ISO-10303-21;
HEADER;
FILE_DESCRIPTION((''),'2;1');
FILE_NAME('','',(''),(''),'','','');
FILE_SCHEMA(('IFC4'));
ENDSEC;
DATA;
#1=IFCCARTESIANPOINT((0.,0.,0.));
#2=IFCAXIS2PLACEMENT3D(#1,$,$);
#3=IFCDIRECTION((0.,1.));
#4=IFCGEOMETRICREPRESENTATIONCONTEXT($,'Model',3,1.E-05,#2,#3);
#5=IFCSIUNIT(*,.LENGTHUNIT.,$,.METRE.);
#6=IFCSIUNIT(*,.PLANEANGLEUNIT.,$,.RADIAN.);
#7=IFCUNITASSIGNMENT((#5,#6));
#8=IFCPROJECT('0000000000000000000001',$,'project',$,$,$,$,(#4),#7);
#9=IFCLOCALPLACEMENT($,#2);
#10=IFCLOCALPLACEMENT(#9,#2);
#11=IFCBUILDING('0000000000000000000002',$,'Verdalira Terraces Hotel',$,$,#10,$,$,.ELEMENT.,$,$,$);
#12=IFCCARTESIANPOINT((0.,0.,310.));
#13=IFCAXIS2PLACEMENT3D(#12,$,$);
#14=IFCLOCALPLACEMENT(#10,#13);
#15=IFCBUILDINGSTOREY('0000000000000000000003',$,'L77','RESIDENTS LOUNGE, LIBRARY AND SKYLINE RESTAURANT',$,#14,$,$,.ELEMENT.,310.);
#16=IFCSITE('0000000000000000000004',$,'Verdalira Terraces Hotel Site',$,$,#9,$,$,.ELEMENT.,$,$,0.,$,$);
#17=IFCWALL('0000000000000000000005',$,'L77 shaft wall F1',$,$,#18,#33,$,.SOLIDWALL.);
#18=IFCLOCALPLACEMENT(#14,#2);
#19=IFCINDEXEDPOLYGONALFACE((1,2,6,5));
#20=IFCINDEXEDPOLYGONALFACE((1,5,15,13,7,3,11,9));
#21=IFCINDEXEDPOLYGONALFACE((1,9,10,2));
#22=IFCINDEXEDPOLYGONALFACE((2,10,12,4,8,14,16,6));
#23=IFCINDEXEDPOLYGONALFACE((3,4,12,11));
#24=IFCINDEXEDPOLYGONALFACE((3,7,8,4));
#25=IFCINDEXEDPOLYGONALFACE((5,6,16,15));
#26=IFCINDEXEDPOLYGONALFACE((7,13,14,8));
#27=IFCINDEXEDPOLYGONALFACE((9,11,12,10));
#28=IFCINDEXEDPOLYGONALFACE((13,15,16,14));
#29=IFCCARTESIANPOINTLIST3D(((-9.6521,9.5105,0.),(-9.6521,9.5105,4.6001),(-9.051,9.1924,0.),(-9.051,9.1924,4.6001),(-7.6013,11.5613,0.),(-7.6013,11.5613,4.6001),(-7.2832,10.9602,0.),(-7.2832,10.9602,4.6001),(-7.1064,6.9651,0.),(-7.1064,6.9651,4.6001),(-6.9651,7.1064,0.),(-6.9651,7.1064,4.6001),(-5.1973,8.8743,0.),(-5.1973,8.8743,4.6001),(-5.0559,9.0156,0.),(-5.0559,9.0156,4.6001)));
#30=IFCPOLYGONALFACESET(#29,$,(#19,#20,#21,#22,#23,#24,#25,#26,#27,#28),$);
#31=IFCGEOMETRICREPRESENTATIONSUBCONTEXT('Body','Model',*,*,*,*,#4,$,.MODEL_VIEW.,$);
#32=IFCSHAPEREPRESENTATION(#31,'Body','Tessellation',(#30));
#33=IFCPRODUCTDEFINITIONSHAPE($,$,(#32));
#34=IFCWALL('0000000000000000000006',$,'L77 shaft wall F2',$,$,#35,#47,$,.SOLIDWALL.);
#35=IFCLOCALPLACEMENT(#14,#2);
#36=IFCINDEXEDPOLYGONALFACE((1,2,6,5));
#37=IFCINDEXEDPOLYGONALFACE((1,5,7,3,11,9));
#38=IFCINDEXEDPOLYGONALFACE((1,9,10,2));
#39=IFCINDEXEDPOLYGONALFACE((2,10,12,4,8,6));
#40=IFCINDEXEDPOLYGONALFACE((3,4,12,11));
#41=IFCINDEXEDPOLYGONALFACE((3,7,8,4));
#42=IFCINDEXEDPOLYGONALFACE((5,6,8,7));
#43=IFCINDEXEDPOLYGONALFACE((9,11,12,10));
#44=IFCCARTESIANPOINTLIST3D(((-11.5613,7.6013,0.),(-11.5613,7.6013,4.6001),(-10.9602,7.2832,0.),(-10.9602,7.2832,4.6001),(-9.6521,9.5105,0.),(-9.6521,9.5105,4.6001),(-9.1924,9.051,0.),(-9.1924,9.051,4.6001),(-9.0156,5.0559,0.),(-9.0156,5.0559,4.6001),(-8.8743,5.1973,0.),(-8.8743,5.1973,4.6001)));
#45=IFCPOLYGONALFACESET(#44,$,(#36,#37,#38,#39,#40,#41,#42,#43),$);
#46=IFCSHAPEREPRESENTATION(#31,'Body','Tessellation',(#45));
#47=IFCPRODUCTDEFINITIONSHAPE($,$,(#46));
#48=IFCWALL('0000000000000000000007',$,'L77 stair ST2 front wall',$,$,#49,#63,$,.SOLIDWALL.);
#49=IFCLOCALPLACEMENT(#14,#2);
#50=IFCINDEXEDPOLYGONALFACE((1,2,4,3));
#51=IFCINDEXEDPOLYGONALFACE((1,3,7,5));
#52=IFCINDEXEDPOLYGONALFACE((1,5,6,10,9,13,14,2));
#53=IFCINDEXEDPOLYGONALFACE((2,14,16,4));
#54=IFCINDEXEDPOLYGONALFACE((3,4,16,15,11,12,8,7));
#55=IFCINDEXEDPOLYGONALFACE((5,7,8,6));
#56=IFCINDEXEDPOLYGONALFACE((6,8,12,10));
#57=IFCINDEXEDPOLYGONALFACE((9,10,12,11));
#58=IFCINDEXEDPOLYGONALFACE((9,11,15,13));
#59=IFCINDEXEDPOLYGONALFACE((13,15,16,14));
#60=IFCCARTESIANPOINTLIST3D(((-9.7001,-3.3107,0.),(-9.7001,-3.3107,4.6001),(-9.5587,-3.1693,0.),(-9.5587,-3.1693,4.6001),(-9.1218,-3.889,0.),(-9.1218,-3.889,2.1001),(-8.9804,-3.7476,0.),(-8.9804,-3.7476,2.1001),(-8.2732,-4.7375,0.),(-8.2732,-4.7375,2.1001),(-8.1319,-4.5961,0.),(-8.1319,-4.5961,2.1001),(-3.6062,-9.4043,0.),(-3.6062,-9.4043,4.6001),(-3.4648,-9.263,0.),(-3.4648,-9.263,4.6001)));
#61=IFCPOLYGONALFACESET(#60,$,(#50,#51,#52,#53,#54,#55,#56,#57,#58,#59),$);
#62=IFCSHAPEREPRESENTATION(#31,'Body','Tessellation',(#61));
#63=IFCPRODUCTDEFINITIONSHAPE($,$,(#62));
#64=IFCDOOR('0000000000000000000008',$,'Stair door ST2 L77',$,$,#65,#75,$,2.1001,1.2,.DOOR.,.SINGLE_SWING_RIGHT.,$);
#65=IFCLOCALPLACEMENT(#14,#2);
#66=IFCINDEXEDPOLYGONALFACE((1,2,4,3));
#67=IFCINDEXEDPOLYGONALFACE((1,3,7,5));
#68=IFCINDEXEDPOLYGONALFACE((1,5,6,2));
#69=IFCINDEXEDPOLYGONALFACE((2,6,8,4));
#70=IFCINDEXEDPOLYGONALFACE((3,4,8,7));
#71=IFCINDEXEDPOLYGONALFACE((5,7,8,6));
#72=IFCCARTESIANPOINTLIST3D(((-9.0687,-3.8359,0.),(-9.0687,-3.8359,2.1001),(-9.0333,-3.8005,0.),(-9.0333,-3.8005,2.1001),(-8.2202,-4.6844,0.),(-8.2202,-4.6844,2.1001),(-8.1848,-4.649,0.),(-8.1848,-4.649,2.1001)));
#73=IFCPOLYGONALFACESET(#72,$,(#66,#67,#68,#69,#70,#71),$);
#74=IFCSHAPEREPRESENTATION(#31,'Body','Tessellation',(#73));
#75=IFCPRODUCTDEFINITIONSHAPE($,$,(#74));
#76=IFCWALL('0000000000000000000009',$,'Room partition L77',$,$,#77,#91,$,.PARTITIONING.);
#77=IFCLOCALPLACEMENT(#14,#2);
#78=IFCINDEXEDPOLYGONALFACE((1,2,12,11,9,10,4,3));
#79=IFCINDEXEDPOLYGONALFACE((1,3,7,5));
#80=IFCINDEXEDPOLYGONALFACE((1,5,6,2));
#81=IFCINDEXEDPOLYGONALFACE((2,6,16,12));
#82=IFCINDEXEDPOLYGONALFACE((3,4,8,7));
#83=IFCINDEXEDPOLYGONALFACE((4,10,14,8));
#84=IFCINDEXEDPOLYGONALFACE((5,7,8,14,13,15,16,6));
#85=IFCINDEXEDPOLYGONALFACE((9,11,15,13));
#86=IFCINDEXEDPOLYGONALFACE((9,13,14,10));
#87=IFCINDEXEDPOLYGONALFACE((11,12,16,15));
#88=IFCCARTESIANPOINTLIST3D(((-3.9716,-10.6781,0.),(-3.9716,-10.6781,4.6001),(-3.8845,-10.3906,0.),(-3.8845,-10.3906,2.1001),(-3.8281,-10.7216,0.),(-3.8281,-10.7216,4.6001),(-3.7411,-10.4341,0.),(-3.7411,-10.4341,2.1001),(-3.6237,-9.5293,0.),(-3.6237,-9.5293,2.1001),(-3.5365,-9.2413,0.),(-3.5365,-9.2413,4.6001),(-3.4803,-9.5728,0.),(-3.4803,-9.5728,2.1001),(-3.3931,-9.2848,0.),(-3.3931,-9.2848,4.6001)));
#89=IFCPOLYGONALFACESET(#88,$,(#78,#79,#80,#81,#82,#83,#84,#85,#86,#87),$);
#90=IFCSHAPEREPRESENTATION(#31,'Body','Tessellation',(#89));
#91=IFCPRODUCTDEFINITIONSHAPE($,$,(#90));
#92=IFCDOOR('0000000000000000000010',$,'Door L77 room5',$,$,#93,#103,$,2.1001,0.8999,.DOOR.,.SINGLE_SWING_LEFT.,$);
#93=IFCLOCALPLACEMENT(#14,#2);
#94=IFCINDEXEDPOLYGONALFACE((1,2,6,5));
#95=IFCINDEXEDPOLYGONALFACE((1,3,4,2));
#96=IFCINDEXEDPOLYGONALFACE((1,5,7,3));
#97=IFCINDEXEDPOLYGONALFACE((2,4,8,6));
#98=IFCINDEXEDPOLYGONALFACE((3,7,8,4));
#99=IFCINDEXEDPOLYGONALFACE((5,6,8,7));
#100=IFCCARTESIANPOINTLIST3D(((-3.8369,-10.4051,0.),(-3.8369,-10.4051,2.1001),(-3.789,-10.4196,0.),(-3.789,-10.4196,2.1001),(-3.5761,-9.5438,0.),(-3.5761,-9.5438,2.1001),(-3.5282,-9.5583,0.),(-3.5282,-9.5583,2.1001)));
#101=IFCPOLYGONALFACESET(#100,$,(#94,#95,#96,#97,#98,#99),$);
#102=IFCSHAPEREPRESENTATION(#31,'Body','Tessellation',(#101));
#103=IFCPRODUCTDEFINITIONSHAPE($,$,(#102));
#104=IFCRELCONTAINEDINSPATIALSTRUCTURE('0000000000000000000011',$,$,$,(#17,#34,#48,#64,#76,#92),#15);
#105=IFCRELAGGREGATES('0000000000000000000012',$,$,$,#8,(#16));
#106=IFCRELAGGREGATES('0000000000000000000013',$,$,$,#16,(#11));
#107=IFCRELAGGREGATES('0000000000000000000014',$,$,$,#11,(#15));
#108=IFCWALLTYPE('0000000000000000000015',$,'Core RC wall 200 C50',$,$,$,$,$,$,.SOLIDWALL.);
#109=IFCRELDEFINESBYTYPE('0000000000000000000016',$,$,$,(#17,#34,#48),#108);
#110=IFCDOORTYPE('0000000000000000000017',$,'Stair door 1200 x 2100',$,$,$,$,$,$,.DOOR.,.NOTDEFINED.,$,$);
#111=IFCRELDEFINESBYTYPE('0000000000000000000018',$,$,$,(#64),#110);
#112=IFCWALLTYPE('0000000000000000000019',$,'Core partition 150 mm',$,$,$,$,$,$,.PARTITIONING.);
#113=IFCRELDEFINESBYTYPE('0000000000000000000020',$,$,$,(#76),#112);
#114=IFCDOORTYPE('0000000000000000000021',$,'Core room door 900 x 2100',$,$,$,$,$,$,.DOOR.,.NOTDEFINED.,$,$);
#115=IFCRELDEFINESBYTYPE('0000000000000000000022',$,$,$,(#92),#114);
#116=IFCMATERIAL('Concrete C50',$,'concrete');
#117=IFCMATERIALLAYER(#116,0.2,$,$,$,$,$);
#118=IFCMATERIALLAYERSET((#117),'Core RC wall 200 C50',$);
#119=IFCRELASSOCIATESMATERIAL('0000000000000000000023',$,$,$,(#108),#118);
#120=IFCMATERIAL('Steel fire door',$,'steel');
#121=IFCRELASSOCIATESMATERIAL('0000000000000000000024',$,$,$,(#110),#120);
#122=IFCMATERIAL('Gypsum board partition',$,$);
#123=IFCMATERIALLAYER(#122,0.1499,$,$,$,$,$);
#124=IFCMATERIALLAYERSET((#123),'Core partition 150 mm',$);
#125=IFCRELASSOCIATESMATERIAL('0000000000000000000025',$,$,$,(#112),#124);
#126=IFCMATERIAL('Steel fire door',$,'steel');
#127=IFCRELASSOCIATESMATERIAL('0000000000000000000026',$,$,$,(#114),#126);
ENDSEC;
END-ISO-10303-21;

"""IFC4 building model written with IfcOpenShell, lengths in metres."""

from ifc_helpers import new_model, si_unit, direction, frame, frame_2d, origin, place, context, subcontext, project, spatial, polyline, rectangle, outline, extrude, material, layer, layer_set, type_object, element, fill, save


model = new_model("IFC4")

# Units and contexts
model_context = context("Model", 3, precision=1e-05, world=origin(), true_north=direction((0.0, 1.0)))
body_context = subcontext(model_context, "Body", "Model", "MODEL_VIEW")
ifc_project = project(units=[si_unit("LENGTHUNIT", "METRE"), si_unit("PLANEANGLEUNIT", "RADIAN")], contexts=[model_context])

# Site, building, storey
site_placement = place(None, origin())
site = spatial("IfcSite", under=ifc_project, at=site_placement, Name="Verdalira Terraces Hotel Site", CompositionType="ELEMENT", RefElevation=0.0)
building_placement = place(site_placement, origin())
building = spatial("IfcBuilding", under=site, at=building_placement, Name="Verdalira Terraces Hotel", CompositionType="ELEMENT")
storey_placement = place(building_placement, frame((0.0, 0.0, 310.0)))
storey = spatial("IfcBuildingStorey", under=building, at=storey_placement, Name="L77", Description="RESIDENTS LOUNGE, LIBRARY AND SKYLINE RESTAURANT", CompositionType="ELEMENT", Elevation=310.0)

# Walls
ifc_material_1 = material(Name="Concrete C50", Category="concrete")
ifc_layer_1 = layer(ifc_material_1, 0.2)
ifc_layer_set_1 = layer_set([ifc_layer_1], Name="Core RC wall 200 C50")
wall_type_1 = type_object("IfcWallType", Name="Core RC wall 200 C50", PredefinedType="SOLIDWALL", material=ifc_layer_set_1)
wall_1_placement = place(storey_placement, origin())
element("IfcWall", 1, at=wall_1_placement, inside=storey, type_object=wall_type_1, Name="L77 shaft wall F1", PredefinedType="SOLIDWALL", context=body_context, shape_type="SweptSolid", body=[
    extrude(outline(polyline([(-9.6521, 9.5105), (-7.6013, 11.5613), (-5.0559, 9.0156), (-5.1973, 8.8743), (-7.2832, 10.9602), (-9.051, 9.1924), (-6.9651, 7.1064), (-7.1064, 6.9651), (-9.6521, 9.5105)])), origin(), (0.0, 0.0, 1.0), 4.6001),
])
wall_2_placement = place(storey_placement, origin())
element("IfcWall", 2, at=wall_2_placement, inside=storey, type_object=wall_type_1, Name="L77 shaft wall F2", PredefinedType="SOLIDWALL", context=body_context, shape_type="SweptSolid", body=[
    extrude(outline(polyline([(-11.5613, 7.6013), (-9.6521, 9.5105), (-9.1924, 9.051), (-10.9602, 7.2832), (-8.8743, 5.1973), (-9.0156, 5.0559), (-11.5613, 7.6013)])), origin(), (0.0, 0.0, 1.0), 4.6001),
])

# Walls, openings, doors
wall_3_placement = place(storey_placement, frame((-3.5354, -9.3337, 0.0), z_axis=(0.0, 0.0, 1.0), x_axis=(-0.707121, 0.707093, 0.0)))
wall_3 = element("IfcWall", 3, at=wall_3_placement, inside=storey, type_object=wall_type_1, Name="L77 stair ST2 front wall", PredefinedType="SOLIDWALL", context=body_context, shape_type="SweptSolid", body=[
    extrude(rectangle(XDim=8.6179, YDim=0.2, at=frame_2d((4.3091, 0.0))), origin(), (0.0, 0.0, 1.0), 4.6001),
])
opening_1_placement = place(wall_3_placement, frame((6.6001, 0.0, 0.0)))
opening_1 = element("IfcOpeningElement", 4, at=opening_1_placement, cuts=wall_3, PredefinedType="OPENING", context=body_context, shape_type="SweptSolid", body=[
    extrude(rectangle(XDim=1.2, YDim=2.1001, at=frame_2d((0.6001, 1.05))), frame((0.0, 0.1099, 0.0), z_axis=(0.0, -1.0, 0.0), x_axis=(1.0, 0.0, 0.0)), (0.0, 0.0, 1.0), 0.22),
])
ifc_material_2 = material(Name="Steel fire door", Category="steel")
door_type_1 = type_object("IfcDoorType", Name="Stair door 1200 x 2100", OperationType="NOTDEFINED", PredefinedType="DOOR", material=ifc_material_2)
door_1_placement = place(opening_1_placement, origin())
door_1 = element("IfcDoor", 5, at=door_1_placement, inside=storey, type_object=door_type_1, Name="Stair door ST2 L77", OperationType="SINGLE_SWING_RIGHT", OverallHeight=2.1001, OverallWidth=1.2, PredefinedType="DOOR", context=body_context, shape_type="SweptSolid", body=[
    extrude(rectangle(XDim=1.2, YDim=2.1001, at=frame_2d((0.6001, 1.05))), frame((0.0, 0.0249, 0.0), z_axis=(0.0, -1.0, 0.0), x_axis=(1.0, 0.0, 0.0)), (0.0, 0.0, 1.0), 0.05),
])
fill(opening_1, door_1)
ifc_material_3 = material(Name="Gypsum board partition")
ifc_layer_2 = layer(ifc_material_3, 0.1499)
ifc_layer_set_2 = layer_set([ifc_layer_2], Name="Core partition 150 mm")
wall_type_2 = type_object("IfcWallType", Name="Core partition 150 mm", PredefinedType="PARTITIONING", material=ifc_layer_set_2)
wall_4_placement = place(storey_placement, frame((-3.4648, -9.2632, 0.0), z_axis=(0.0, 0.0, 1.0), x_axis=(-0.289809, -0.957085, 0.0)))
wall_4 = element("IfcWall", 6, at=wall_4_placement, inside=storey, type_object=wall_type_2, Name="Room partition L77", PredefinedType="PARTITIONING", context=body_context, shape_type="SweptSolid", body=[
    extrude(rectangle(XDim=1.5012, YDim=0.1499, at=frame_2d((0.7505, 0.0))), origin(), (0.0, 0.0, 1.0), 4.6001),
])
opening_2_placement = place(wall_4_placement, frame((0.3008, 0.0, 0.0)))
opening_2 = element("IfcOpeningElement", 7, at=opening_2_placement, cuts=wall_4, PredefinedType="OPENING", context=body_context, shape_type="SweptSolid", body=[
    extrude(rectangle(XDim=0.8999, YDim=2.1001, at=frame_2d((0.45, 1.05))), frame((0.0, 0.085, 0.0), z_axis=(0.0, -1.0, 0.0), x_axis=(1.0, 0.0, 0.0)), (0.0, 0.0, 1.0), 0.1699),
])
ifc_material_4 = material(Name="Steel fire door", Category="steel")
door_type_2 = type_object("IfcDoorType", Name="Core room door 900 x 2100", OperationType="NOTDEFINED", PredefinedType="DOOR", material=ifc_material_4)
door_2_placement = place(opening_2_placement, origin())
door_2 = element("IfcDoor", 8, at=door_2_placement, inside=storey, type_object=door_type_2, Name="Door L77 room5", OperationType="SINGLE_SWING_LEFT", OverallHeight=2.1001, OverallWidth=0.8999, PredefinedType="DOOR", context=body_context, shape_type="SweptSolid", body=[
    extrude(rectangle(XDim=0.8999, YDim=2.1001, at=frame_2d((0.45, 1.05))), frame((0.0, 0.0249, 0.0), z_axis=(0.0, -1.0, 0.0), x_axis=(1.0, 0.0, 0.0)), (0.0, 0.0, 1.0), 0.05),
])
fill(opening_2, door_2)

save(model, "model.ifc")
